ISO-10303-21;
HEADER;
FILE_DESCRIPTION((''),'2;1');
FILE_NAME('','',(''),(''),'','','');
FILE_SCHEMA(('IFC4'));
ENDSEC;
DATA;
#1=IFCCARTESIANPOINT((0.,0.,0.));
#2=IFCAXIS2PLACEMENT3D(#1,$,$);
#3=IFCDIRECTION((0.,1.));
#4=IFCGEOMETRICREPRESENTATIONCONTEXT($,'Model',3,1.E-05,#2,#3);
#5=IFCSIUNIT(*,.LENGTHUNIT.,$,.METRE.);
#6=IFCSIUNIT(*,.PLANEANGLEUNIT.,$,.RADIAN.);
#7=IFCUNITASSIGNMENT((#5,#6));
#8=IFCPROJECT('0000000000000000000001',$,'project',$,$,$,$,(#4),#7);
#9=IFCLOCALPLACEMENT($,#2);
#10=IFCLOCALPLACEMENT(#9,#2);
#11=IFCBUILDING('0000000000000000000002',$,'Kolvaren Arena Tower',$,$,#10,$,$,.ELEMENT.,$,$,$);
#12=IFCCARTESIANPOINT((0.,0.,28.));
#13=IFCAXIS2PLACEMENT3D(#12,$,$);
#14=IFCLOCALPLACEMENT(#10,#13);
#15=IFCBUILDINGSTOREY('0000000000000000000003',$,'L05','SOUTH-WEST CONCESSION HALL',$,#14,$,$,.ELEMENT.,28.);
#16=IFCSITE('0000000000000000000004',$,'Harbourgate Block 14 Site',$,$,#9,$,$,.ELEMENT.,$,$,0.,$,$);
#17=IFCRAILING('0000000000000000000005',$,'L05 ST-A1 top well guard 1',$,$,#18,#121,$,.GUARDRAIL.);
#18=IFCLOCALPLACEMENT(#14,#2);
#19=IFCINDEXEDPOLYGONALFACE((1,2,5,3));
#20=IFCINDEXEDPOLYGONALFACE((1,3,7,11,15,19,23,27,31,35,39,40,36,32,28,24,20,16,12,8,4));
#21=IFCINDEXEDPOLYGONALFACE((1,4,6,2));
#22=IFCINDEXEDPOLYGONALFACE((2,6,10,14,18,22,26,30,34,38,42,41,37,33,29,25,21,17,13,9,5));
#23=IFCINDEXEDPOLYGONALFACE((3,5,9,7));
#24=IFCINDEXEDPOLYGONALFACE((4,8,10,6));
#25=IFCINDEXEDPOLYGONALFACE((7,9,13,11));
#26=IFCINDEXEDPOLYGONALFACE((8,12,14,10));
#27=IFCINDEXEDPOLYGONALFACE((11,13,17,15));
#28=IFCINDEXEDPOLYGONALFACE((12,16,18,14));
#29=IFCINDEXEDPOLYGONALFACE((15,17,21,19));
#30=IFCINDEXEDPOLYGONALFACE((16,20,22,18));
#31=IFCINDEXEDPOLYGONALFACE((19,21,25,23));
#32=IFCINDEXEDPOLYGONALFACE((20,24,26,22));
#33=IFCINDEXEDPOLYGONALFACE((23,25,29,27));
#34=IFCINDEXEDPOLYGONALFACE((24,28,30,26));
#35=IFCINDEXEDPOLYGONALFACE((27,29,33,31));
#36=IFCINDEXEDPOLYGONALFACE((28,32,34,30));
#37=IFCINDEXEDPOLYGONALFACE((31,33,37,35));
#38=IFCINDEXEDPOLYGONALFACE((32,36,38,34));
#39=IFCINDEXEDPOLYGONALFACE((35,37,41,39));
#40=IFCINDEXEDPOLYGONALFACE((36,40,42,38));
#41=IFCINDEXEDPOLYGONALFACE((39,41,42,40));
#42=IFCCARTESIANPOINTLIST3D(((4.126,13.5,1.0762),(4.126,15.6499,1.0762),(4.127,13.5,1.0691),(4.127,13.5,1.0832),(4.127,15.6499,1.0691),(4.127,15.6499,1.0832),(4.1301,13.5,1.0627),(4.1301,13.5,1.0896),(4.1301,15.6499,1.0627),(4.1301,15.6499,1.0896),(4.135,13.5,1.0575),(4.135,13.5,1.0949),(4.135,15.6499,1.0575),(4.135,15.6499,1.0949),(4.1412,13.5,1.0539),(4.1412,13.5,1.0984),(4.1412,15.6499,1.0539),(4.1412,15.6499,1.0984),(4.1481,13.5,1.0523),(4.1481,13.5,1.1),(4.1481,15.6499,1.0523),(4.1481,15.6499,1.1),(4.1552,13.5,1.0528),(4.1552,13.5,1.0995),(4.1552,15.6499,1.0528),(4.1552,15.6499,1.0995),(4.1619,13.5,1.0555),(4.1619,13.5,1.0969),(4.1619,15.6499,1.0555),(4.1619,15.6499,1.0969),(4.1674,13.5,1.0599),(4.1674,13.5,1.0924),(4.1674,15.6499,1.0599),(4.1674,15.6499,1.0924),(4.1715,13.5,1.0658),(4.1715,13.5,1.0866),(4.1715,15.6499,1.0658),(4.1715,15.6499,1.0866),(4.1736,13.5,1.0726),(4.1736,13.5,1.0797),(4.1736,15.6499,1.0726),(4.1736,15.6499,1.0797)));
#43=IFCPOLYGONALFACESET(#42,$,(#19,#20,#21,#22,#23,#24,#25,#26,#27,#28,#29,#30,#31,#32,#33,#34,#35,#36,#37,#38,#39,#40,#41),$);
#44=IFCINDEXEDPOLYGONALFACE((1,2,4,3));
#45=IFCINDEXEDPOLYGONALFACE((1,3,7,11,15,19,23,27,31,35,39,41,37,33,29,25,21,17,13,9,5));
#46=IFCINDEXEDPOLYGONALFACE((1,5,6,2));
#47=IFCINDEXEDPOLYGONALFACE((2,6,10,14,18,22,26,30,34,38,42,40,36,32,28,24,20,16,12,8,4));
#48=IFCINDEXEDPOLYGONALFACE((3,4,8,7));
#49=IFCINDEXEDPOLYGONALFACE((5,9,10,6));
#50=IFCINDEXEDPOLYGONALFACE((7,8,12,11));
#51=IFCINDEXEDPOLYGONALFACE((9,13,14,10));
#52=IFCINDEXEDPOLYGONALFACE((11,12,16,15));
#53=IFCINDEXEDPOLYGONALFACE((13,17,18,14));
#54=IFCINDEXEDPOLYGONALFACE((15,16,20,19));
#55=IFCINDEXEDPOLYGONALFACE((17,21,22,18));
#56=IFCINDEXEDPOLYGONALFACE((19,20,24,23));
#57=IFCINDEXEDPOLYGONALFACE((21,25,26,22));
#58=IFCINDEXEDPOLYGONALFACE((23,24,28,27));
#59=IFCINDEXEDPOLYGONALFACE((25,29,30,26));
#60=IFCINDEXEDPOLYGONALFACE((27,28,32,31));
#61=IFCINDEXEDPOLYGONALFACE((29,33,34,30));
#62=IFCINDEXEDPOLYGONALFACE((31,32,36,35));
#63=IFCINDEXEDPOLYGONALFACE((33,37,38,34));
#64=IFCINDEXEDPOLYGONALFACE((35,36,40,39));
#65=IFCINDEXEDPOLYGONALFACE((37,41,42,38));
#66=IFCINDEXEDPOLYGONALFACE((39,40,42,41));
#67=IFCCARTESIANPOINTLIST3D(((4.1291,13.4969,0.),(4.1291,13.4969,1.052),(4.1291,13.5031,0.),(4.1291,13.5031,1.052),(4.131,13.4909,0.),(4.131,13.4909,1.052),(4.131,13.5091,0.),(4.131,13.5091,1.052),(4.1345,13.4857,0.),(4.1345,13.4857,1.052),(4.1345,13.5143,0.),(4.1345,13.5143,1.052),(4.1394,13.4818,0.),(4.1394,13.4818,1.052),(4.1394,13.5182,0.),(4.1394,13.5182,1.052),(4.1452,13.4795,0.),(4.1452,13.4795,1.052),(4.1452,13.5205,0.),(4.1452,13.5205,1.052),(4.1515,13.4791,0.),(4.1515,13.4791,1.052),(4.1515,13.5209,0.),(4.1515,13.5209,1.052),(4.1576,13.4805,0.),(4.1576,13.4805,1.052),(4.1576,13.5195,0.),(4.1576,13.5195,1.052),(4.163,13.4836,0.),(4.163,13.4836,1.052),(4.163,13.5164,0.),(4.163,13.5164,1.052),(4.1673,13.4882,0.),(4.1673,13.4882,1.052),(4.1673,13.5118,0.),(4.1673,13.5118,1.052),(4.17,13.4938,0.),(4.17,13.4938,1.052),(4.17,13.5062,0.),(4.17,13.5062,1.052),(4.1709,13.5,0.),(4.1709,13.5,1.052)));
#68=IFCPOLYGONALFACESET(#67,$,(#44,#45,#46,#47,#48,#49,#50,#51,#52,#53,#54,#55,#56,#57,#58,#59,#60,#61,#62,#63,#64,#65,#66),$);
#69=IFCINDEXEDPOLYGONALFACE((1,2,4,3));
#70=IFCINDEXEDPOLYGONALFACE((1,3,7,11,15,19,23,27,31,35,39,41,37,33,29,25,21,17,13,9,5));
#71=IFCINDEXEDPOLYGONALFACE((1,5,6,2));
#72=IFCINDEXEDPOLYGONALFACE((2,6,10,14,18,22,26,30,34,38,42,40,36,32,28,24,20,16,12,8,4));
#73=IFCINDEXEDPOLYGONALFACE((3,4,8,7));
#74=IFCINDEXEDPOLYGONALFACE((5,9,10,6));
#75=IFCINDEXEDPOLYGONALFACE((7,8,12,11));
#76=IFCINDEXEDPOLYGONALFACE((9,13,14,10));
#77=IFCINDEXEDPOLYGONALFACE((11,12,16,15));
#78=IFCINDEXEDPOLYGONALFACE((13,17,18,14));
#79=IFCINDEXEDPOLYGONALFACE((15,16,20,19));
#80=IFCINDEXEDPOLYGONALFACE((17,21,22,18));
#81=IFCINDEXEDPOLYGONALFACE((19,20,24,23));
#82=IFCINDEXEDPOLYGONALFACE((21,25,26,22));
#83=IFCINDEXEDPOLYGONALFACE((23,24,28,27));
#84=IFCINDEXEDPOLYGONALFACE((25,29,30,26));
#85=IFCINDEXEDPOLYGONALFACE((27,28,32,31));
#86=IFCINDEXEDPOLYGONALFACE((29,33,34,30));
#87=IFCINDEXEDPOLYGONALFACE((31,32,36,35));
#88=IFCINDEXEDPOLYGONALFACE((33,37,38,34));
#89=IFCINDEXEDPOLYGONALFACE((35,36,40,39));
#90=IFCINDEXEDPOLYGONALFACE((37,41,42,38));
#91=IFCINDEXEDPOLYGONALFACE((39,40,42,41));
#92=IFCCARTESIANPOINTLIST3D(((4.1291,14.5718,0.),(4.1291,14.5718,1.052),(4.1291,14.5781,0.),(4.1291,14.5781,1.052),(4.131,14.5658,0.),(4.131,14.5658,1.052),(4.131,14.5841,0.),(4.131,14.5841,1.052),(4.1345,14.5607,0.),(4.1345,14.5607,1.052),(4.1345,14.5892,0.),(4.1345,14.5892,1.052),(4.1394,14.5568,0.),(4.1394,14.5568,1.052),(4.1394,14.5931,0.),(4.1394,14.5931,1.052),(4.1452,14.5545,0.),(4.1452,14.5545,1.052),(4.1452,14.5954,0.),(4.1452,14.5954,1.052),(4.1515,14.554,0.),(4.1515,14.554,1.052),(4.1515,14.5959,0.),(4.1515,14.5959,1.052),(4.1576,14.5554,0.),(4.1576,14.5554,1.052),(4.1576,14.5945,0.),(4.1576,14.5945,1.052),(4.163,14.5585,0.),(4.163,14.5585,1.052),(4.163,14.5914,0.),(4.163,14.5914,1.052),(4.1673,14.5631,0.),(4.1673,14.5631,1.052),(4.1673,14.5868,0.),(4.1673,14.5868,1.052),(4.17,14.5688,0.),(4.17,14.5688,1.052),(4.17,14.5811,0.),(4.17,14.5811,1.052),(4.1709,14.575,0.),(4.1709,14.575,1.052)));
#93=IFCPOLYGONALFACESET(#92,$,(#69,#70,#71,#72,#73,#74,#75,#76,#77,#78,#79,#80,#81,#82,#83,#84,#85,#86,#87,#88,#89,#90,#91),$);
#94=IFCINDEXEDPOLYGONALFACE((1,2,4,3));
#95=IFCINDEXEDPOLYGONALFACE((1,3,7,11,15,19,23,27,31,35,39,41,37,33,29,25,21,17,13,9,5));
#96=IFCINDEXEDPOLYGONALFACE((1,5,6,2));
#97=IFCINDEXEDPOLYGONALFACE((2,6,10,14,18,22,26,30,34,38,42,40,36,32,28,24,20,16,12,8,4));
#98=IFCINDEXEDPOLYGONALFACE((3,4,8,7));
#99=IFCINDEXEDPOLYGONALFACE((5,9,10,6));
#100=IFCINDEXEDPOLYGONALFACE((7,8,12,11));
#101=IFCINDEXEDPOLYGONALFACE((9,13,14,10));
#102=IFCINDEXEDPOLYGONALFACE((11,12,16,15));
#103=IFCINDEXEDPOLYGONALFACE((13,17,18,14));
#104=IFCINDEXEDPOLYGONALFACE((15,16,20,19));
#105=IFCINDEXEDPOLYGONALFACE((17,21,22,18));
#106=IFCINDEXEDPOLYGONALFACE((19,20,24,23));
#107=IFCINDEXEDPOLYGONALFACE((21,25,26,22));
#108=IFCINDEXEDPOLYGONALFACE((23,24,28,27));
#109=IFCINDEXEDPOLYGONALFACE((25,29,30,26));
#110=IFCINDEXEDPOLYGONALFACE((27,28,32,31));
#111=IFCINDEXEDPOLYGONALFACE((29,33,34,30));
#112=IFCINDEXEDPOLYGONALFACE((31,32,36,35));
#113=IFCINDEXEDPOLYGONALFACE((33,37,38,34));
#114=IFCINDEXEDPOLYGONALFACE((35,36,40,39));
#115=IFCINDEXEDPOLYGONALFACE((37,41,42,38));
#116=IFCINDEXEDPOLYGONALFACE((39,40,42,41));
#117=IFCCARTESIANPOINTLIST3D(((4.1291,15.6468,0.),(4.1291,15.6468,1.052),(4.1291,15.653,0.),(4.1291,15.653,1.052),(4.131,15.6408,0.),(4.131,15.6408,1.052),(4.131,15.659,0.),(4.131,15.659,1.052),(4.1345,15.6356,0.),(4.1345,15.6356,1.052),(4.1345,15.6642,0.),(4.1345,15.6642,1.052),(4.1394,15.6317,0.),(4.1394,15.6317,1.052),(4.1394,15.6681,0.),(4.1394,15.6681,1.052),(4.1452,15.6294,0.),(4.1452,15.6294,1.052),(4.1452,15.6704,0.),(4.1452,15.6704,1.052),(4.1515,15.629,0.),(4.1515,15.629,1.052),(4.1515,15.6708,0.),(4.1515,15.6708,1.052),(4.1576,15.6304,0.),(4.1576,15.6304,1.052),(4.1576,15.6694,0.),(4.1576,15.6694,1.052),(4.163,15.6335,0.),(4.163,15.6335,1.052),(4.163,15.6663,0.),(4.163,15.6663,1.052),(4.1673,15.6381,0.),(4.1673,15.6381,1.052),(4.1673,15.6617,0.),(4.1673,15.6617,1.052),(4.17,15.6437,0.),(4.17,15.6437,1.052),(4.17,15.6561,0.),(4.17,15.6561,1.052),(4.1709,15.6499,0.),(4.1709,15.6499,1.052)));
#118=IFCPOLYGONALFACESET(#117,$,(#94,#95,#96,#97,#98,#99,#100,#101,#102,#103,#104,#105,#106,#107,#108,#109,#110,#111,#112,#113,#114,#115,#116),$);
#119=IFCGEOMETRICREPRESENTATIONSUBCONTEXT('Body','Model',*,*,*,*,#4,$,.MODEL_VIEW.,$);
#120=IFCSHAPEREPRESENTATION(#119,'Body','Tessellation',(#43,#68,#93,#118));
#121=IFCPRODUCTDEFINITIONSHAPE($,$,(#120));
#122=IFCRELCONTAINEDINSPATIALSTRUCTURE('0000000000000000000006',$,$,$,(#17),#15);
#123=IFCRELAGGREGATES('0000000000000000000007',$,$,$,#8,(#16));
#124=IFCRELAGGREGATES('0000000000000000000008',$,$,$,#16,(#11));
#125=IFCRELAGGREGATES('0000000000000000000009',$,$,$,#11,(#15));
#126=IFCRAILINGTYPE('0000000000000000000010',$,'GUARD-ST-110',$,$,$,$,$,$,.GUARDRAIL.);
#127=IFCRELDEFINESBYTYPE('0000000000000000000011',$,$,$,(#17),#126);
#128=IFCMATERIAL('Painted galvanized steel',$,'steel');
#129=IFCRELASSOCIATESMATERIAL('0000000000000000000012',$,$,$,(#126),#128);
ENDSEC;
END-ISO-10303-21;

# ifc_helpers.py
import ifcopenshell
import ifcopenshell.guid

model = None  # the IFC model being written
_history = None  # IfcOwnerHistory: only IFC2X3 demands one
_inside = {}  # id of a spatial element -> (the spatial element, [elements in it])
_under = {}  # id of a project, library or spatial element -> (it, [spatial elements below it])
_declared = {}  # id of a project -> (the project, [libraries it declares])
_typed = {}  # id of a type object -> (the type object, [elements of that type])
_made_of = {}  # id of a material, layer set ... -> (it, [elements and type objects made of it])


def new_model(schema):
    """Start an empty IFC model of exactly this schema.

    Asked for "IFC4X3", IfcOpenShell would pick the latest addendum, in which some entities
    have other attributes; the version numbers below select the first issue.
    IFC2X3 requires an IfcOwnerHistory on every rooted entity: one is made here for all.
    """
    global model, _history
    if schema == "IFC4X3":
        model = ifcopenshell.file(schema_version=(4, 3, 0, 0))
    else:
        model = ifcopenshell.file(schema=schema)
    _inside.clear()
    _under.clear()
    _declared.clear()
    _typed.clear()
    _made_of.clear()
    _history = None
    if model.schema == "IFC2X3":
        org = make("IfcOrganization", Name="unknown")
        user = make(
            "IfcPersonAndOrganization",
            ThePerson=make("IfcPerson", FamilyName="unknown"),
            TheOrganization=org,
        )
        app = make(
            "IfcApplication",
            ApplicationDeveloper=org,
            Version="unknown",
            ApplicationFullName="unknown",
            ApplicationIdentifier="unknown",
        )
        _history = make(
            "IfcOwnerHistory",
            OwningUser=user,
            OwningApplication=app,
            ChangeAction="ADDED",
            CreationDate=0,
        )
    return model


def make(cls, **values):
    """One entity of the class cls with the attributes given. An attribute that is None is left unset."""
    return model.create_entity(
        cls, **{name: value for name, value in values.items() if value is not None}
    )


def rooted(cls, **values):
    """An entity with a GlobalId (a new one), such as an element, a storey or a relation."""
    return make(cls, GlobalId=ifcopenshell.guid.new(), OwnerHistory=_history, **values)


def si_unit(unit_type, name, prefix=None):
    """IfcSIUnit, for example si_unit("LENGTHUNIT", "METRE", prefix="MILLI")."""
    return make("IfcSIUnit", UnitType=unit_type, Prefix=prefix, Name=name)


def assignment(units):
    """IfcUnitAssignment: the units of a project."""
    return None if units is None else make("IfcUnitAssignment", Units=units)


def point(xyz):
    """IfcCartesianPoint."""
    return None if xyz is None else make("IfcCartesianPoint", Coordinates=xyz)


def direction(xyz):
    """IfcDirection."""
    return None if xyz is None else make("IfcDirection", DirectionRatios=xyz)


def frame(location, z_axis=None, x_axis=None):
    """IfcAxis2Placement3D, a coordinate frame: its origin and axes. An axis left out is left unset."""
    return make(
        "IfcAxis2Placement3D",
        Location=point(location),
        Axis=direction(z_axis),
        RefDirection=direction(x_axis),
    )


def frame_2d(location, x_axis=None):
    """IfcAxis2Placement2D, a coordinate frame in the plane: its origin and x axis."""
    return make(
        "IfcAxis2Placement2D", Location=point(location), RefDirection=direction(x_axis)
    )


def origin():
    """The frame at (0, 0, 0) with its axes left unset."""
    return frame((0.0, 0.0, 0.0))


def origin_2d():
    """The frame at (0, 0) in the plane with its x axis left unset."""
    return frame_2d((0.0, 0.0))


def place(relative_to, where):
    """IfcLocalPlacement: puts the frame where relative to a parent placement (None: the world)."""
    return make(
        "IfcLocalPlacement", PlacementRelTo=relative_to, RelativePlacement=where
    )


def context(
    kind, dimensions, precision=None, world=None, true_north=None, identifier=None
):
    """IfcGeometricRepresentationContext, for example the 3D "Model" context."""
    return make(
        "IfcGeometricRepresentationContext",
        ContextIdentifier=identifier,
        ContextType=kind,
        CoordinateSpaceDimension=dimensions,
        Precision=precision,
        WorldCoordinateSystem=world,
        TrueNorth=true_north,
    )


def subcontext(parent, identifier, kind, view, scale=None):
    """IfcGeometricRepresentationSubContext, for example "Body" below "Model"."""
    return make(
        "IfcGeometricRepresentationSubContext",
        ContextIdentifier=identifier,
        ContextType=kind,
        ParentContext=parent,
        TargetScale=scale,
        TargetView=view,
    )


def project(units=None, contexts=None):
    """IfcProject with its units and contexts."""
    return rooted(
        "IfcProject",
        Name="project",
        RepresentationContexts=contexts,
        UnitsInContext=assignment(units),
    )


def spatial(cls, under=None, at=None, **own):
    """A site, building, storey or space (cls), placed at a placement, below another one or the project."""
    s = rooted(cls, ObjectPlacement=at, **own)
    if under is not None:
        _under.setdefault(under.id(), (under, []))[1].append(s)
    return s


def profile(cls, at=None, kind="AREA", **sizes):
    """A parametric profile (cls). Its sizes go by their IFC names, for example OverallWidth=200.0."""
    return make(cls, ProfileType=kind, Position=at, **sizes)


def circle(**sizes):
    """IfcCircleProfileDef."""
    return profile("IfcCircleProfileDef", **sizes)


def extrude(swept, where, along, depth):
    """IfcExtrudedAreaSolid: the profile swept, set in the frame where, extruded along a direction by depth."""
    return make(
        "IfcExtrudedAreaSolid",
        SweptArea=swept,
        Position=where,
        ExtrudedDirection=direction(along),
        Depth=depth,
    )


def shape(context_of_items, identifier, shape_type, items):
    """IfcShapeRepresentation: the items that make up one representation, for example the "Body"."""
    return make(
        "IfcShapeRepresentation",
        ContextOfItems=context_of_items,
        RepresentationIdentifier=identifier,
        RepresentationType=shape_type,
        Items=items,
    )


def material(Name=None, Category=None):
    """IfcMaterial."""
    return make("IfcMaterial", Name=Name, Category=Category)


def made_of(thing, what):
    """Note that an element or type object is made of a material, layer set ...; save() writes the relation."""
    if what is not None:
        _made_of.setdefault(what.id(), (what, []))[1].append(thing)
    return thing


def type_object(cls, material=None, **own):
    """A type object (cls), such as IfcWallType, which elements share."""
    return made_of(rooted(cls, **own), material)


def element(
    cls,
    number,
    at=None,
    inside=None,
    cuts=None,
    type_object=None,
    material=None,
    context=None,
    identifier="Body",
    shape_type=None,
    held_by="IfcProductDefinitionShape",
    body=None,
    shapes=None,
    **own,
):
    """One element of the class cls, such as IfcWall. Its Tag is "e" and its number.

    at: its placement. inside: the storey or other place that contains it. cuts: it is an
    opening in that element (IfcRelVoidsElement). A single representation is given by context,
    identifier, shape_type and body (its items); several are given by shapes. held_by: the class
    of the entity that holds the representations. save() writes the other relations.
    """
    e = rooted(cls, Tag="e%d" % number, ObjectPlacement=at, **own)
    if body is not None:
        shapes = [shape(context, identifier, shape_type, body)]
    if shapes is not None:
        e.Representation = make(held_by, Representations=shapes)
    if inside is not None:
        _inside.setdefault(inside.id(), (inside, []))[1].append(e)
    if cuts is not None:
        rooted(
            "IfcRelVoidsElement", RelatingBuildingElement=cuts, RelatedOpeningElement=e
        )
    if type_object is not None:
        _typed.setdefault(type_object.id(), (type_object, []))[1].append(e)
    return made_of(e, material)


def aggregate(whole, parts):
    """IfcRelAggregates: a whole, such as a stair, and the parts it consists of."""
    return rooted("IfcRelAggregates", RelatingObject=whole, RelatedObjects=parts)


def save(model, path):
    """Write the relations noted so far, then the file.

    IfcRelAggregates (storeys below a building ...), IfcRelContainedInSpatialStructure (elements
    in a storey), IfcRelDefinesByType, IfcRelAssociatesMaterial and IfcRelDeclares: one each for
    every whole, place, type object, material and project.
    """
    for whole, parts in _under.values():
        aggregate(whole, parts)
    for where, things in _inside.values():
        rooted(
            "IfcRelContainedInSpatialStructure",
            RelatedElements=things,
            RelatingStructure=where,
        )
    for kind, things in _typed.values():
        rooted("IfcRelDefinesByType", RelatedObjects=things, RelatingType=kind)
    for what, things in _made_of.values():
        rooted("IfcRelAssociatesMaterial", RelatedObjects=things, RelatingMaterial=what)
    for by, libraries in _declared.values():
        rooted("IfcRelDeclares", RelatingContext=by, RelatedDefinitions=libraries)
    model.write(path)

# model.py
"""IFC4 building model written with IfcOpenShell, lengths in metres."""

from ifc_helpers import new_model, si_unit, direction, frame, origin, origin_2d, place, context, subcontext, project, spatial, circle, extrude, material, type_object, element, save


model = new_model("IFC4")

# Units and contexts
model_context = context("Model", 3, precision=1e-05, world=origin(), true_north=direction((0.0, 1.0)))
body_context = subcontext(model_context, "Body", "Model", "MODEL_VIEW")
ifc_project = project(units=[si_unit("LENGTHUNIT", "METRE"), si_unit("PLANEANGLEUNIT", "RADIAN")], contexts=[model_context])

# Site, building, storey
site_placement = place(None, origin())
site = spatial("IfcSite", under=ifc_project, at=site_placement, Name="Harbourgate Block 14 Site", CompositionType="ELEMENT", RefElevation=0.0)
building_placement = place(site_placement, origin())
building = spatial("IfcBuilding", under=site, at=building_placement, Name="Kolvaren Arena Tower", CompositionType="ELEMENT")
storey_placement = place(building_placement, frame((0.0, 0.0, 28.0)))
storey = spatial("IfcBuildingStorey", under=building, at=storey_placement, Name="L05", Description="SOUTH-WEST CONCESSION HALL", CompositionType="ELEMENT", Elevation=28.0)

# Railing
ifc_material_1 = material(Name="Painted galvanized steel", Category="steel")
railing_type = type_object("IfcRailingType", Name="GUARD-ST-110", PredefinedType="GUARDRAIL", material=ifc_material_1)
railing_placement = place(storey_placement, frame((4.1499, 13.5, 0.0)))
element("IfcRailing", 1, at=railing_placement, inside=storey, type_object=railing_type, Name="L05 ST-A1 top well guard 1", PredefinedType="GUARDRAIL", context=body_context, shape_type="SweptSolid", body=[
    extrude(circle(Radius=0.0239, at=origin_2d()), frame((0.0, 0.0, 1.0762), z_axis=(0.0, 1.0, 0.0), x_axis=(-1.0, 0.0, 0.0)), (0.0, 0.0, 1.0), 2.1499),
    extrude(circle(Radius=0.021, at=origin_2d()), origin(), (0.0, 0.0, 1.0), 1.052),
    extrude(circle(Radius=0.021, at=origin_2d()), frame((0.0, 1.075, 0.0)), (0.0, 0.0, 1.0), 1.052),
    extrude(circle(Radius=0.021, at=origin_2d()), frame((0.0, 2.1499, 0.0)), (0.0, 0.0, 1.0), 1.052),
])

save(model, "model.ifc")
